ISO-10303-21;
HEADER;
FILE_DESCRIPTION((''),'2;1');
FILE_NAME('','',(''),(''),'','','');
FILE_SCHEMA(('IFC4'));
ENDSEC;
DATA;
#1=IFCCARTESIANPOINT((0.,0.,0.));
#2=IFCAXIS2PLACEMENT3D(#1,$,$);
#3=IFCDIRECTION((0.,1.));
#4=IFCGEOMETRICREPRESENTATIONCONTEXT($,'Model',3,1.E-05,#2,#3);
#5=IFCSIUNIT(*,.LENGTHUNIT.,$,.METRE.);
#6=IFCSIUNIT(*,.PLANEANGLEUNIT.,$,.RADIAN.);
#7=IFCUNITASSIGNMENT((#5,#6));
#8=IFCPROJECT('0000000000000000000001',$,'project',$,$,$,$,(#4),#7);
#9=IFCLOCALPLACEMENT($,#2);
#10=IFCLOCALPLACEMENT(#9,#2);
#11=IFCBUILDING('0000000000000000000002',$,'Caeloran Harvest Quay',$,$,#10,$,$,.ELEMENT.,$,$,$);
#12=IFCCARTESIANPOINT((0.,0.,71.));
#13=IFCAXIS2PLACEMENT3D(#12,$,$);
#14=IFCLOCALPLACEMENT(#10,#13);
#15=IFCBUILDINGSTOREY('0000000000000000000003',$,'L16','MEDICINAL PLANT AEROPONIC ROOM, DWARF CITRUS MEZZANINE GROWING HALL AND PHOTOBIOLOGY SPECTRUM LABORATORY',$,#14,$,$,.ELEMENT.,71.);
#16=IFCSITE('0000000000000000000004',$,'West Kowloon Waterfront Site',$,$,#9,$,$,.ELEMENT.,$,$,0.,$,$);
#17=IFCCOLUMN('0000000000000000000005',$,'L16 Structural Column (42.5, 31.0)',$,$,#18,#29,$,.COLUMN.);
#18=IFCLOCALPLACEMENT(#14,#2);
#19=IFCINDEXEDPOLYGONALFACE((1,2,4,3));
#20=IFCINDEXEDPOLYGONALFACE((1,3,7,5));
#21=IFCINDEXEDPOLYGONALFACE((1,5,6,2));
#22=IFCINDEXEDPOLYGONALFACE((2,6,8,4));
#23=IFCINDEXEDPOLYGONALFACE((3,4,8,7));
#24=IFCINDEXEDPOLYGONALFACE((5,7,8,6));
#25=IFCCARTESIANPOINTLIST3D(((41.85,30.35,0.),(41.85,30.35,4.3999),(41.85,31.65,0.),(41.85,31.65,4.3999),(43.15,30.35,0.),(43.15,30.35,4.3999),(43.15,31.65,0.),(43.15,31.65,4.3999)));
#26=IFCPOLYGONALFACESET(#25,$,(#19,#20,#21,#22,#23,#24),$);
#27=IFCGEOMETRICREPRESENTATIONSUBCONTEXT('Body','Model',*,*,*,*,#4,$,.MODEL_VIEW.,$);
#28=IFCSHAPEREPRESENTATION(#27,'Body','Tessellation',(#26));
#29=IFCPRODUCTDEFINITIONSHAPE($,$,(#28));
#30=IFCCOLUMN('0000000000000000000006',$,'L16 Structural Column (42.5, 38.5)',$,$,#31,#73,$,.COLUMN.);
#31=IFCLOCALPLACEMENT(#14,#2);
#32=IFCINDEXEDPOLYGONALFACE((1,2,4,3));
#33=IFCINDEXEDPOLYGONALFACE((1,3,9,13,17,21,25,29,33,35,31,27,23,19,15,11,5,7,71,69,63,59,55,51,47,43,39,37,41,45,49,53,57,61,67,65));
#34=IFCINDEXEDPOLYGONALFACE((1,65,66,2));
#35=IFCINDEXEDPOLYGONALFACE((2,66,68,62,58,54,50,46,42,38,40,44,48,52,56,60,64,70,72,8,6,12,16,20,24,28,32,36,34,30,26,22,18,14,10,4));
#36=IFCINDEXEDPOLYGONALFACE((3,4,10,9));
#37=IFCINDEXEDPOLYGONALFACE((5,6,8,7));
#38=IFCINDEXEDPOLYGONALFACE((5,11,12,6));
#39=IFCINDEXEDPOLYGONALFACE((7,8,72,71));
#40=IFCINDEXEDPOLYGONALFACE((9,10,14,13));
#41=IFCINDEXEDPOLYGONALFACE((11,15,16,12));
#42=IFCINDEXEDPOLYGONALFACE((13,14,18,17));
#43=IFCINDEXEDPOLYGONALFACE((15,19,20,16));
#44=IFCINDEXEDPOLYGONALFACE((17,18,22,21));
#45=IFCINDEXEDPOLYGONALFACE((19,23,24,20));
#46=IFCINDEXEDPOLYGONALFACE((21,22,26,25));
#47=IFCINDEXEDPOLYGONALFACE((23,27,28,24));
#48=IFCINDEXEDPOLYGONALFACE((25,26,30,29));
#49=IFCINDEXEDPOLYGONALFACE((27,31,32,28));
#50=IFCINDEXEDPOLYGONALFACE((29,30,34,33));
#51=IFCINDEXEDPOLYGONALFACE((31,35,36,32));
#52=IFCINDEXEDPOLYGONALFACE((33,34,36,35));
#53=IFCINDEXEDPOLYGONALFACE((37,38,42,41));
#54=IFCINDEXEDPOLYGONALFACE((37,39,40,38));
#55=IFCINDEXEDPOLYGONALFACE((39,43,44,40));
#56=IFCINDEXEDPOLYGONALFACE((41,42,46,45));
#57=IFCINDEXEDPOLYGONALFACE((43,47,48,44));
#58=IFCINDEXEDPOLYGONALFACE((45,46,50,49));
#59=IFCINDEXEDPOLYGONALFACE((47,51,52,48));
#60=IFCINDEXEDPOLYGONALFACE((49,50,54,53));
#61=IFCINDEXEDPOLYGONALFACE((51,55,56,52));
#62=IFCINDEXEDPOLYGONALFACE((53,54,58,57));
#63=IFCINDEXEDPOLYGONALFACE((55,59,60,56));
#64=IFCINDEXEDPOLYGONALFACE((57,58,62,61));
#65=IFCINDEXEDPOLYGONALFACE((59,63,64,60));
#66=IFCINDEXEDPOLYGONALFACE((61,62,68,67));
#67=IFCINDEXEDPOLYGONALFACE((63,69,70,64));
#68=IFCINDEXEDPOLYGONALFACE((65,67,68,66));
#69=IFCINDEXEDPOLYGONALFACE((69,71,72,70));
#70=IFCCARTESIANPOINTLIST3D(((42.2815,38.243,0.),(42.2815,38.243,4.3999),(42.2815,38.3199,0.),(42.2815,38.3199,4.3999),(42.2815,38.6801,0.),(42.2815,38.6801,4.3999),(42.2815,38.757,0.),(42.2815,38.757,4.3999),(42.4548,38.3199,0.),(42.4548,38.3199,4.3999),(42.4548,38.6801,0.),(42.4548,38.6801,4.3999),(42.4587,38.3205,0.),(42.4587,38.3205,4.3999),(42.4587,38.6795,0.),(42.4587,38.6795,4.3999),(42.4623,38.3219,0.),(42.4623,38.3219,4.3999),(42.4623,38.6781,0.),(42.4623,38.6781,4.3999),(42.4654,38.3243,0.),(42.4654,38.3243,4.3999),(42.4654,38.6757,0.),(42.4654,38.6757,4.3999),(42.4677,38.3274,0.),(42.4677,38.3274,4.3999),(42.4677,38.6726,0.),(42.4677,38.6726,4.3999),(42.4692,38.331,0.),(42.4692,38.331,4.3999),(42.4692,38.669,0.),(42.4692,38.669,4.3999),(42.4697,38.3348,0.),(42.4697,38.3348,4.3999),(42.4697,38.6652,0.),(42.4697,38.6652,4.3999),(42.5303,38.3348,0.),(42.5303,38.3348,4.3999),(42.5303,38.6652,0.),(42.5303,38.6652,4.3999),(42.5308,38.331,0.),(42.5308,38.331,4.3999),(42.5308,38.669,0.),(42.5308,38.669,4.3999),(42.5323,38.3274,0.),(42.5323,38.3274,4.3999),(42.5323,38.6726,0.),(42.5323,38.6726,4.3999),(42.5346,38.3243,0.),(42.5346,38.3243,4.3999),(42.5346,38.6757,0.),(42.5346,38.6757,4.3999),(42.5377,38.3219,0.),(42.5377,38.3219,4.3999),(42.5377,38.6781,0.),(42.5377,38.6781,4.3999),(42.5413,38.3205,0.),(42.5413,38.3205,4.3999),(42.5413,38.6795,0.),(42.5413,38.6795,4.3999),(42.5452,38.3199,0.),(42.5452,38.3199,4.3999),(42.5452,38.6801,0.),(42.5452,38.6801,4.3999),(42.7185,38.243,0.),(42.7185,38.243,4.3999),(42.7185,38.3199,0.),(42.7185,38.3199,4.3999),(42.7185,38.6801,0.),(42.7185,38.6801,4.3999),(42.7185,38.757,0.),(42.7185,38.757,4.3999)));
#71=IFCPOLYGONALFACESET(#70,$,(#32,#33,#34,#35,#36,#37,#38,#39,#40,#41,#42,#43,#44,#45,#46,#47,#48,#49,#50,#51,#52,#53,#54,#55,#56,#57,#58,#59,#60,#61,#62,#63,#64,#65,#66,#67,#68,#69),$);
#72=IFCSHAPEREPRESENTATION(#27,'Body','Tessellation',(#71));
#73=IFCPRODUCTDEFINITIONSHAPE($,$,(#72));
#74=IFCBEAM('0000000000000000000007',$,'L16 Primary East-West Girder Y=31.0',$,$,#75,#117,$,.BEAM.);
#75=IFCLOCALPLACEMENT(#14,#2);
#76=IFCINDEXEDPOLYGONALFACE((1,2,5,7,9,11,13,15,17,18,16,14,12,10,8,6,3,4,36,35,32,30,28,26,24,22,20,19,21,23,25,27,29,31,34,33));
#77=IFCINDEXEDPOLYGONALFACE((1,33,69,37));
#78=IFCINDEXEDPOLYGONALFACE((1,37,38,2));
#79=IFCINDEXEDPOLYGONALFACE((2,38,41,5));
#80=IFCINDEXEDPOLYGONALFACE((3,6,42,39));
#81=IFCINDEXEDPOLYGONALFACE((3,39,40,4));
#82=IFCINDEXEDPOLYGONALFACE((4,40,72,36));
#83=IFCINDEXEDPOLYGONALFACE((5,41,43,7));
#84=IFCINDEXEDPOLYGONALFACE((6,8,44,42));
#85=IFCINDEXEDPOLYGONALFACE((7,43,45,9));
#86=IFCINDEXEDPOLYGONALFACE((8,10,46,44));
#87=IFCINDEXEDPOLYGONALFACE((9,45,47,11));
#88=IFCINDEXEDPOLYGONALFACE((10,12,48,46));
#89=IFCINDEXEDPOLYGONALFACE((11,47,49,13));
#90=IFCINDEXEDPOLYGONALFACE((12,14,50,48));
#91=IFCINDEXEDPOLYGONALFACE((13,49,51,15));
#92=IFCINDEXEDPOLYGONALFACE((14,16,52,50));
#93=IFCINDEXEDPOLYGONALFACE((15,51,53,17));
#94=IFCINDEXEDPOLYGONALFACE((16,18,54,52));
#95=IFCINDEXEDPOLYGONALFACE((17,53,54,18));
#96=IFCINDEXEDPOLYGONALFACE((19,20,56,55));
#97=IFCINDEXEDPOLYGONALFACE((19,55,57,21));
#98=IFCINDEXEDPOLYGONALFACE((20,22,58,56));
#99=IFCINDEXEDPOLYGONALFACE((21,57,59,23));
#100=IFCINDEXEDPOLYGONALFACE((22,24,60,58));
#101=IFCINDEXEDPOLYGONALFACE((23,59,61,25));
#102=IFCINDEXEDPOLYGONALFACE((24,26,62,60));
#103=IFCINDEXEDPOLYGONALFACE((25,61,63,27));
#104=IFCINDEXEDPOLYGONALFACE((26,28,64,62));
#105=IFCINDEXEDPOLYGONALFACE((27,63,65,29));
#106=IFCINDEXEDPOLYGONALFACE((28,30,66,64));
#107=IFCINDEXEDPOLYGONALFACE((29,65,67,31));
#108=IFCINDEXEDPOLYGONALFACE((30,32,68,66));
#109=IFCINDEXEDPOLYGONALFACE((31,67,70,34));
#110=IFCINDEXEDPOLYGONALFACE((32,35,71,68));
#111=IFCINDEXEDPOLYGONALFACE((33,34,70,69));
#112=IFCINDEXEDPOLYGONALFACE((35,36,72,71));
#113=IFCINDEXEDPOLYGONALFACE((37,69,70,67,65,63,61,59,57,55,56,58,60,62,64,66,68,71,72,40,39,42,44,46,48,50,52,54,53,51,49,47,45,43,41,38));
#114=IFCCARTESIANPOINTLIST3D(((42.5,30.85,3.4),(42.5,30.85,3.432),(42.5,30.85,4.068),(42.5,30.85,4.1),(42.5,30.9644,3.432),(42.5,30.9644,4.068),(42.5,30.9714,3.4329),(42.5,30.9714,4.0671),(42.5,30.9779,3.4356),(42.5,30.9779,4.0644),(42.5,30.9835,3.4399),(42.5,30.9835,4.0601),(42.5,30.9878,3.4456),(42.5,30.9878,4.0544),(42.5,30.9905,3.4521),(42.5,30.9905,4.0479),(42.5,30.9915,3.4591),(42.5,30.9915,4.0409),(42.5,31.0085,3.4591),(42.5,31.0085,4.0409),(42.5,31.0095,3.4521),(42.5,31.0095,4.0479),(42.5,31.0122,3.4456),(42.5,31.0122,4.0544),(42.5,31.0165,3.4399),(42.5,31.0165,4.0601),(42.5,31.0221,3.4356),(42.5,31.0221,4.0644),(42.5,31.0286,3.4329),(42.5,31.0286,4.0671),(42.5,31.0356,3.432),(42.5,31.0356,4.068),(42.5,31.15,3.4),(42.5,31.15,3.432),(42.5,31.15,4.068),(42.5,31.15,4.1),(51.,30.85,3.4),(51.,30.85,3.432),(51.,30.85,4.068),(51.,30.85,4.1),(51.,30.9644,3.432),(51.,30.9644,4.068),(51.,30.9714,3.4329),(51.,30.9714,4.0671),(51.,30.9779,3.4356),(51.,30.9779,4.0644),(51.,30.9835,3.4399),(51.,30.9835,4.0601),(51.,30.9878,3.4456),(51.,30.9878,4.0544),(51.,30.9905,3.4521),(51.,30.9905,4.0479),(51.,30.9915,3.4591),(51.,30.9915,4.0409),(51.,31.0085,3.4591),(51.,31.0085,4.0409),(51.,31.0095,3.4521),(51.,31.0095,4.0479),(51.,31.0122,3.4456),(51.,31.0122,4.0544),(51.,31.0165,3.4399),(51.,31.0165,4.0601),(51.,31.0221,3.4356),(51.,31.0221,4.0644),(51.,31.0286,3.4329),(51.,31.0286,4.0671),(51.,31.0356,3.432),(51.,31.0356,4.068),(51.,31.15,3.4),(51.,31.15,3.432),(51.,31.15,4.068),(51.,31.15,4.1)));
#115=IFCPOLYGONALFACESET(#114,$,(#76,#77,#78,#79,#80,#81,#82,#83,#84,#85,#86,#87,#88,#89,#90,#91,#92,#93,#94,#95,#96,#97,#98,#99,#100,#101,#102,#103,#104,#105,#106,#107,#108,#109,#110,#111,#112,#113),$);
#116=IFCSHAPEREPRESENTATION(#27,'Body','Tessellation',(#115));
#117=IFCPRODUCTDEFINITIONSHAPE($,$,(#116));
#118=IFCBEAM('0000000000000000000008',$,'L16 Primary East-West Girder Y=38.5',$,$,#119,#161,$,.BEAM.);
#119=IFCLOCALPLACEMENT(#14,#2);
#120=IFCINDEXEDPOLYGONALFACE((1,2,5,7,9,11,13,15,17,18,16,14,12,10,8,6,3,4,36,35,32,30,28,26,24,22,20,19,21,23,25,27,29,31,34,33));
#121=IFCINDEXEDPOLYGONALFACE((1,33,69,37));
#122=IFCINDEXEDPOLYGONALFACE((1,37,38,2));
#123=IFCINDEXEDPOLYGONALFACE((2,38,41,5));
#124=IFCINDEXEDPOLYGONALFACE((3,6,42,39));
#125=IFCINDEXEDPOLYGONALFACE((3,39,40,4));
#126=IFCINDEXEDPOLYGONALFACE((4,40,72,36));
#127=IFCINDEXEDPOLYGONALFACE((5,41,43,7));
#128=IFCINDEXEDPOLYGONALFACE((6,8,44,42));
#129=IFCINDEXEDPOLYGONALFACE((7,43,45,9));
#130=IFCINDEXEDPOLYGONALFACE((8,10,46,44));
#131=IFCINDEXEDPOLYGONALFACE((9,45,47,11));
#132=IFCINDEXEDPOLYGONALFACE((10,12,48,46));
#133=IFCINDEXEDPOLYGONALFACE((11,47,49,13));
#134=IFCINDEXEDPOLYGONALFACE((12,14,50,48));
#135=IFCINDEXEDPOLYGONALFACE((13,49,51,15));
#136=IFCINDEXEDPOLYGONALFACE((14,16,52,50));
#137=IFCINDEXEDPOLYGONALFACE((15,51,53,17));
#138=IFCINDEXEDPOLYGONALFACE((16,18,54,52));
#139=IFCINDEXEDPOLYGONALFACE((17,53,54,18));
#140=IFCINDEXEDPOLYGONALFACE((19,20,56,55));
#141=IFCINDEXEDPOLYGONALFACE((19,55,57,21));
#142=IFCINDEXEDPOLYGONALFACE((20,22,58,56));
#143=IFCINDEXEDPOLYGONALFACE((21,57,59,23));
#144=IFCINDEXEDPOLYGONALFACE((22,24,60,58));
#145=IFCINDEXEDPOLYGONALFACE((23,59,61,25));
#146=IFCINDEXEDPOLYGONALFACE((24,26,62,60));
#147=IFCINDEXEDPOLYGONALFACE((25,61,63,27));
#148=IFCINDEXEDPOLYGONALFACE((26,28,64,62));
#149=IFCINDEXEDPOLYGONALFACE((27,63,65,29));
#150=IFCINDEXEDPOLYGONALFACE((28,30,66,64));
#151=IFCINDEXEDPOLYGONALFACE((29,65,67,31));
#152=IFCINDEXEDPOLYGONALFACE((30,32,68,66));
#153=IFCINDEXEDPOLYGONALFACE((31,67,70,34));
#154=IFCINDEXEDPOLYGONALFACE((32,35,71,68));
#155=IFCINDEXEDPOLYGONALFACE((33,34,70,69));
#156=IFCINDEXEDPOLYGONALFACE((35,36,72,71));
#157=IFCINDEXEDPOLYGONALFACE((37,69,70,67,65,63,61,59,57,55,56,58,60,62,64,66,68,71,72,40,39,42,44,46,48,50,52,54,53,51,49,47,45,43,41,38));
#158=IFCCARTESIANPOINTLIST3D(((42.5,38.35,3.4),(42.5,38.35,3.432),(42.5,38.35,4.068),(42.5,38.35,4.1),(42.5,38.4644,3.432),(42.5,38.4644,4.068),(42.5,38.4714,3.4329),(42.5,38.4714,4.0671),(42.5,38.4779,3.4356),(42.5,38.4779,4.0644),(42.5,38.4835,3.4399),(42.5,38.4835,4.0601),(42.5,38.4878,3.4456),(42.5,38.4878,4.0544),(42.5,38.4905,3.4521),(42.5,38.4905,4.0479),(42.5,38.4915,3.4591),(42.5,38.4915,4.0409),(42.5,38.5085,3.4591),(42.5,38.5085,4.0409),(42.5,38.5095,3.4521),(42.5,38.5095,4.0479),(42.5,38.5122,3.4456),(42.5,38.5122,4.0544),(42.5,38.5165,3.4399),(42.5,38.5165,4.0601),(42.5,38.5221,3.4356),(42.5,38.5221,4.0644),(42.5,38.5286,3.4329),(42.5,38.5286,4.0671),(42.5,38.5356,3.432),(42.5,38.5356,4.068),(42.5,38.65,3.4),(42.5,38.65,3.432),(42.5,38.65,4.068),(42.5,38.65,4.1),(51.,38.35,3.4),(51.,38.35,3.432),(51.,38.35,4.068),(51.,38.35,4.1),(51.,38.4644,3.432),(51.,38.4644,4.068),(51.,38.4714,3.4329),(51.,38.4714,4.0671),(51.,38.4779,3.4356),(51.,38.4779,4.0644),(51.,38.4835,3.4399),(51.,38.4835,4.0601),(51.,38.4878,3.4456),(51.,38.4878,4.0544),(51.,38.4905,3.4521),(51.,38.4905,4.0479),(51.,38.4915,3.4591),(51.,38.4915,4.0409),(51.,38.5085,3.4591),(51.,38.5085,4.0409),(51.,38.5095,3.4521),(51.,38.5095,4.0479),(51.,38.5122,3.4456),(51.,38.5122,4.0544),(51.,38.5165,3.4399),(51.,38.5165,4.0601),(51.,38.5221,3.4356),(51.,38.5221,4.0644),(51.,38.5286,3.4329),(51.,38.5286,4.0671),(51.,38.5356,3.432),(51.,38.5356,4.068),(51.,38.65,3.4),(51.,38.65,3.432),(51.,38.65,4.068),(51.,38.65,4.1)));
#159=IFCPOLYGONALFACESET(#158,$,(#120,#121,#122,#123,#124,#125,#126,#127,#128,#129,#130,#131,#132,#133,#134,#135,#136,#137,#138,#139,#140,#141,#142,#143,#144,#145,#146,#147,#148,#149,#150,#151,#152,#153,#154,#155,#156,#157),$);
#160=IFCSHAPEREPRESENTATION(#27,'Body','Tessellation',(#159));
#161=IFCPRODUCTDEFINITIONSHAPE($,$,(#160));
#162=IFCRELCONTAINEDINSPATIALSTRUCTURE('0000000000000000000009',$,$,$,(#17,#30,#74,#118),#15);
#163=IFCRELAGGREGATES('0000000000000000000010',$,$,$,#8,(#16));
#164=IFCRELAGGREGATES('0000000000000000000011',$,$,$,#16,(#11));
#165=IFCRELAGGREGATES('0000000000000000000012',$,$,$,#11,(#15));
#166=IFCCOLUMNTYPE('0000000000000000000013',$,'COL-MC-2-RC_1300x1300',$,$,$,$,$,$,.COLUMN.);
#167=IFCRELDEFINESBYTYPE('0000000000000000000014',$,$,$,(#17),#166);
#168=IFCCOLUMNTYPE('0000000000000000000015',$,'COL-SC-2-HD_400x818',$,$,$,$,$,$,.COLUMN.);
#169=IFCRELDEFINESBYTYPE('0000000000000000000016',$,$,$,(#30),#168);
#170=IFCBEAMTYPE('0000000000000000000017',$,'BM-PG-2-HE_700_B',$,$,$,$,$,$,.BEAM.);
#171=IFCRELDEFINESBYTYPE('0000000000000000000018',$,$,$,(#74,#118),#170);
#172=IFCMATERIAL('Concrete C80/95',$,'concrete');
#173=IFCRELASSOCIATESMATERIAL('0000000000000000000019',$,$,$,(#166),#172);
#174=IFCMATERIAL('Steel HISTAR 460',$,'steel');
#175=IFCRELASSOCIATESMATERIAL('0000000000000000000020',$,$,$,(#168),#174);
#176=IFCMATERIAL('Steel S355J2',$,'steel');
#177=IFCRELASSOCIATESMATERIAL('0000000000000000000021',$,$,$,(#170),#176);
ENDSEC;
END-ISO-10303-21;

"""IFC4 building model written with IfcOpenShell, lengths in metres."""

from ifc_helpers import new_model, si_unit, direction, frame, origin, origin_2d, place, context, subcontext, project, spatial, rectangle, i_section, extrude, material, material_profile, profile_set, type_object, element, save


model = new_model("IFC4")

# Units and contexts
model_context = context("Model", 3, precision=1e-05, world=origin(), true_north=direction((0.0, 1.0)))
body_context = subcontext(model_context, "Body", "Model", "MODEL_VIEW")
ifc_project = project(units=[si_unit("LENGTHUNIT", "METRE"), si_unit("PLANEANGLEUNIT", "RADIAN")], contexts=[model_context])

# Site, building, storey
site_placement = place(None, origin())
site = spatial("IfcSite", under=ifc_project, at=site_placement, Name="West Kowloon Waterfront Site", CompositionType="ELEMENT", RefElevation=0.0)
building_placement = place(site_placement, origin())
building = spatial("IfcBuilding", under=site, at=building_placement, Name="Caeloran Harvest Quay", CompositionType="ELEMENT")
storey_placement = place(building_placement, frame((0.0, 0.0, 71.0)))
storey = spatial("IfcBuildingStorey", under=building, at=storey_placement, Name="L16", Description="MEDICINAL PLANT AEROPONIC ROOM, DWARF CITRUS MEZZANINE GROWING HALL AND PHOTOBIOLOGY SPECTRUM LABORATORY", CompositionType="ELEMENT", Elevation=71.0)

# Columns
ifc_material_1 = material(Name="Concrete C80/95", Category="concrete")
ifc_material_profile_1 = material_profile(ifc_material_1, rectangle(XDim=1.3, YDim=1.3, at=origin_2d()), Name="RC 1300x1300")
ifc_profile_set_1 = profile_set([ifc_material_profile_1], Name="Concrete C80/95")
column_type_1 = type_object("IfcColumnType", Name="COL-MC-2-RC_1300x1300", PredefinedType="COLUMN", material=ifc_profile_set_1)
column_1_placement = place(storey_placement, frame((42.5, 31.0, 0.0), z_axis=(0.0, 0.0, 1.0), x_axis=(1.0, 0.0, 0.0)))
element("IfcColumn", 1, at=column_1_placement, inside=storey, type_object=column_type_1, Name="L16 Structural Column (42.5, 31.0)", PredefinedType="COLUMN", context=body_context, shape_type="SweptSolid", body=[
    extrude(rectangle(XDim=1.3, YDim=1.3, at=origin_2d()), origin(), (0.0, 0.0, 1.0), 4.3999),
])
ifc_material_2 = material(Name="Steel HISTAR 460", Category="steel")
ifc_material_profile_2 = material_profile(ifc_material_2, i_section(OverallWidth=0.437, OverallDepth=0.5139, WebThickness=0.0605, FlangeThickness=0.0769, FilletRadius=0.0149, at=origin_2d()), Name="HD 400x818")
ifc_profile_set_2 = profile_set([ifc_material_profile_2], Name="Steel HISTAR 460")
column_type_2 = type_object("IfcColumnType", Name="COL-SC-2-HD_400x818", PredefinedType="COLUMN", material=ifc_profile_set_2)
column_2_placement = place(storey_placement, frame((42.5, 38.5, 0.0), z_axis=(0.0, 0.0, 1.0), x_axis=(1.0, 0.0, 0.0)))
element("IfcColumn", 2, at=column_2_placement, inside=storey, type_object=column_type_2, Name="L16 Structural Column (42.5, 38.5)", PredefinedType="COLUMN", context=body_context, shape_type="SweptSolid", body=[
    extrude(i_section(OverallWidth=0.437, OverallDepth=0.5139, WebThickness=0.0605, FlangeThickness=0.0769, FilletRadius=0.0149, at=origin_2d()), origin(), (0.0, 0.0, 1.0), 4.3999),
])

# Beams
ifc_material_3 = material(Name="Steel S355J2", Category="steel")
ifc_material_profile_3 = material_profile(ifc_material_3, i_section(OverallWidth=0.3, OverallDepth=0.7, WebThickness=0.0171, FlangeThickness=0.032, FilletRadius=0.0271, at=origin_2d()), Name="HE 700 B")
ifc_profile_set_3 = profile_set([ifc_material_profile_3], Name="Steel S355J2")
beam_type_1 = type_object("IfcBeamType", Name="BM-PG-2-HE_700_B", PredefinedType="BEAM", material=ifc_profile_set_3)
for number, where, z_axis, x_axis, name in (
    (3, (42.5, 31.0, 3.75), (1.0, 0.0, 0.0), (0.0, 1.0, 0.0), "L16 Primary East-West Girder Y=31.0"),
    (4, (42.5, 38.5, 3.75), (1.0, 0.0, 0.0), (0.0, 1.0, 0.0), "L16 Primary East-West Girder Y=38.5"),
):
    element("IfcBeam", number, at=place(storey_placement, frame(where, z_axis=z_axis, x_axis=x_axis)), inside=storey, type_object=beam_type_1, Name=name, PredefinedType="BEAM", context=body_context, shape_type="SweptSolid", body=[
        extrude(i_section(OverallWidth=0.3, OverallDepth=0.7, WebThickness=0.0171, FlangeThickness=0.032, FilletRadius=0.0271, at=origin_2d()), origin(), (0.0, 0.0, 1.0), 8.5),
    ])

save(model, "model.ifc")
